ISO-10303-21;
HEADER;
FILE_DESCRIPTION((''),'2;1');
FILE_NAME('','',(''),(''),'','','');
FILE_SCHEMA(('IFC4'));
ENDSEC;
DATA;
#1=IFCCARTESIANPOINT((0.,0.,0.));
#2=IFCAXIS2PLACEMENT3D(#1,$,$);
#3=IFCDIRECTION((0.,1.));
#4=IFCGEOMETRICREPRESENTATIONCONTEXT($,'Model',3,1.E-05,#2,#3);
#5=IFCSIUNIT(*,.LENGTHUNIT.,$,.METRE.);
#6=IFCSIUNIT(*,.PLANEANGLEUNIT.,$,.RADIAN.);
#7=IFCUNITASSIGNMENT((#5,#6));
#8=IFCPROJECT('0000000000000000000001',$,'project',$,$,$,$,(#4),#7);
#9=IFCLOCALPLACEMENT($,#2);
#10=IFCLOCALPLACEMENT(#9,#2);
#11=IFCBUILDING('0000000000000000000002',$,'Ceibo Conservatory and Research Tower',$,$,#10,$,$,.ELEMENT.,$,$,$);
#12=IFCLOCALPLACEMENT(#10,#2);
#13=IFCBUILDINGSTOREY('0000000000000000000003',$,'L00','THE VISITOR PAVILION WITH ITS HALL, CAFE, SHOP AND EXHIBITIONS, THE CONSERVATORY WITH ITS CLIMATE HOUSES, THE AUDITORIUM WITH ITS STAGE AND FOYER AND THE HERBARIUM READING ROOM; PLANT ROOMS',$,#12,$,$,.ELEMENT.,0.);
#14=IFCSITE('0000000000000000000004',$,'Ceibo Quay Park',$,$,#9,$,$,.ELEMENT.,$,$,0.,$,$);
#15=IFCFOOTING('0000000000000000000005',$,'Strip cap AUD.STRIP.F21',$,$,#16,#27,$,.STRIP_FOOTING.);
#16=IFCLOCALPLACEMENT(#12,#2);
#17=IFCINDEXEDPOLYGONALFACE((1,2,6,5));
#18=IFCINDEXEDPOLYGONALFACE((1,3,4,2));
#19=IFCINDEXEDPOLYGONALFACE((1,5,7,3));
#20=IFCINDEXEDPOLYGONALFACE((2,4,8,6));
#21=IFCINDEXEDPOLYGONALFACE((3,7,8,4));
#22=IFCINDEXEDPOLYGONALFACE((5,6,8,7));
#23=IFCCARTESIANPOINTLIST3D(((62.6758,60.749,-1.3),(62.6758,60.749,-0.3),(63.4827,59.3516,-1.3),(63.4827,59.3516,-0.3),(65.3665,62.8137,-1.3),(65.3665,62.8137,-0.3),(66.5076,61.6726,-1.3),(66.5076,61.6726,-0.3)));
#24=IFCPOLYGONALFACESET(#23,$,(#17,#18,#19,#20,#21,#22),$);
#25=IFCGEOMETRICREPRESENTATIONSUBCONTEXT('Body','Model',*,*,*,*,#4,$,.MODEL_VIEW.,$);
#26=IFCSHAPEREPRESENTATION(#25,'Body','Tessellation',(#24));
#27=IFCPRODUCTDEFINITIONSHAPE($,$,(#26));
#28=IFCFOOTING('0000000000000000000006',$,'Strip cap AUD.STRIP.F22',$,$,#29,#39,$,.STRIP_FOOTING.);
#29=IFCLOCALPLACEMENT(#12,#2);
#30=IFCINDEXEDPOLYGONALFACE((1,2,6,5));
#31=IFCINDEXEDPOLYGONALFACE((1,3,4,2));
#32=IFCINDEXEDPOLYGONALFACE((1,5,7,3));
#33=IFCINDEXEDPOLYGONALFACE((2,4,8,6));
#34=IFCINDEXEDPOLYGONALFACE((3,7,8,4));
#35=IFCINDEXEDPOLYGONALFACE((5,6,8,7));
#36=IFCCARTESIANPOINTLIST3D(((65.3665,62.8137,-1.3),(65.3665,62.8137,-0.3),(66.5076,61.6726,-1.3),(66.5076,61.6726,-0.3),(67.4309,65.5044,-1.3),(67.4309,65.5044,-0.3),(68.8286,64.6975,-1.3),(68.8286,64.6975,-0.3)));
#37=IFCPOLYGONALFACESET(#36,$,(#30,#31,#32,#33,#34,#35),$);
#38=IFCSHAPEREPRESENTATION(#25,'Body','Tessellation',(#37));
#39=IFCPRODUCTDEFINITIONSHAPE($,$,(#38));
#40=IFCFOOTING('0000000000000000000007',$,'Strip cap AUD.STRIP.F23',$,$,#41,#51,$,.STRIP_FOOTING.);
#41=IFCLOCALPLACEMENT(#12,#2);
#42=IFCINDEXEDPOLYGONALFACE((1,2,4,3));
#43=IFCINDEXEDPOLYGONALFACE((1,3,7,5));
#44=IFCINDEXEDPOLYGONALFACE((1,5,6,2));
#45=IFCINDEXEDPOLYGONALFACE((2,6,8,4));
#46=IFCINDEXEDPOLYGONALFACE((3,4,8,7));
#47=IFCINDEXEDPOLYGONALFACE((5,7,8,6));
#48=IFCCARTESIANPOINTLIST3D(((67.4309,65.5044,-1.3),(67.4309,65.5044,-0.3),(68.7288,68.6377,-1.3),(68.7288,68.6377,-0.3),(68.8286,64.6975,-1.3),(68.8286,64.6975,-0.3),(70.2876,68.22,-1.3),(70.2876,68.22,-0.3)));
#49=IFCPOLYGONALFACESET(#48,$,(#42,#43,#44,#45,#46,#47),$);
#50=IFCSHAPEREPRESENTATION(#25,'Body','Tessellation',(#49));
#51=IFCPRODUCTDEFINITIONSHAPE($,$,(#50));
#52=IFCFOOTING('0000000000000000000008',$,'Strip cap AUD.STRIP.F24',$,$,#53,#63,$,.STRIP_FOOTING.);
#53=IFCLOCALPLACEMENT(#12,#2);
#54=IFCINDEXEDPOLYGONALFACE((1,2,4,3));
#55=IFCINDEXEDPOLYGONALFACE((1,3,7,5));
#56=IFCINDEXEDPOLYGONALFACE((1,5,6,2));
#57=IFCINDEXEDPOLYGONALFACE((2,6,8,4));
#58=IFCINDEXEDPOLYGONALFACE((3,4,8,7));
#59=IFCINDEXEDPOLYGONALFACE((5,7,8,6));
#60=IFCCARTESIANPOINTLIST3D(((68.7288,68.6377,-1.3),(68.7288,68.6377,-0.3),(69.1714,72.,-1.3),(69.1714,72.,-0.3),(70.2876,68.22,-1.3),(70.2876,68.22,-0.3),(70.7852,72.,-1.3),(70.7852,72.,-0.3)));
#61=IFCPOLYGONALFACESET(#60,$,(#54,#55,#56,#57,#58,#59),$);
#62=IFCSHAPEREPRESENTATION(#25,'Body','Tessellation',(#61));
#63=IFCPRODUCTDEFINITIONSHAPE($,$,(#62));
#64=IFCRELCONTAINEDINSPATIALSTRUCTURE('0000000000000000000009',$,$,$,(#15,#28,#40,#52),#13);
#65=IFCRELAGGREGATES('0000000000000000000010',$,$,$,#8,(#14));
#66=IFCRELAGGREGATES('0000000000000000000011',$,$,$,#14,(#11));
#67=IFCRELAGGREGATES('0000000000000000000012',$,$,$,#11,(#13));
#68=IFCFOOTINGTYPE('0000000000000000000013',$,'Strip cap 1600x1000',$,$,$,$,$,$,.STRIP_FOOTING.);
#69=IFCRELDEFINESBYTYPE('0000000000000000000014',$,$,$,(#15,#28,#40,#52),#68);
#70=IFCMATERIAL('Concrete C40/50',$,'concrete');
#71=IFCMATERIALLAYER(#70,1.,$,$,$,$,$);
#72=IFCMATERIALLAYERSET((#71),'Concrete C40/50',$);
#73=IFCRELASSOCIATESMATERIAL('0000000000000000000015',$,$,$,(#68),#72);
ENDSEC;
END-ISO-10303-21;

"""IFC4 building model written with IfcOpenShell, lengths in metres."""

from ifc_helpers import new_model, si_unit, direction, frame, origin, place, context, subcontext, project, spatial, polyline, outline, extrude, material, layer, layer_set, type_object, element, save


model = new_model("IFC4")

# Units and contexts
model_context = context("Model", 3, precision=1e-05, world=origin(), true_north=direction((0.0, 1.0)))
body_context = subcontext(model_context, "Body", "Model", "MODEL_VIEW")
ifc_project = project(units=[si_unit("LENGTHUNIT", "METRE"), si_unit("PLANEANGLEUNIT", "RADIAN")], contexts=[model_context])

# Site, building, storey
site_placement = place(None, origin())
site = spatial("IfcSite", under=ifc_project, at=site_placement, Name="Ceibo Quay Park", CompositionType="ELEMENT", RefElevation=0.0)
building_placement = place(site_placement, origin())
building = spatial("IfcBuilding", under=site, at=building_placement, Name="Ceibo Conservatory and Research Tower", CompositionType="ELEMENT")
storey_placement = place(building_placement, origin())
storey = spatial("IfcBuildingStorey", under=building, at=storey_placement, Name="L00", Description="THE VISITOR PAVILION WITH ITS HALL, CAFE, SHOP AND EXHIBITIONS, THE CONSERVATORY WITH ITS CLIMATE HOUSES, THE AUDITORIUM WITH ITS STAGE AND FOYER AND THE HERBARIUM READING ROOM; PLANT ROOMS", CompositionType="ELEMENT", Elevation=0.0)

# Footings
ifc_material = material(Name="Concrete C40/50", Category="concrete")
ifc_layer_1 = layer(ifc_material, 1.0)
ifc_layer_set_1 = layer_set([ifc_layer_1], Name="Concrete C40/50")
footing_type_1 = type_object("IfcFootingType", Name="Strip cap 1600x1000", PredefinedType="STRIP_FOOTING", material=ifc_layer_set_1)
footing_1_placement = place(storey_placement, frame((0.0, 0.0, -1.3)))
element("IfcFooting", 1, at=footing_1_placement, inside=storey, type_object=footing_type_1, Name="Strip cap AUD.STRIP.F21", PredefinedType="STRIP_FOOTING", context=body_context, shape_type="SweptSolid", body=[
    extrude(outline(polyline([(63.4827, 59.3516), (66.5076, 61.6726), (65.3665, 62.8137), (62.6758, 60.749), (63.4827, 59.3516)])), origin(), (0.0, 0.0, 1.0), 1.0),
])
footing_2_placement = place(storey_placement, frame((0.0, 0.0, -1.3)))
element("IfcFooting", 2, at=footing_2_placement, inside=storey, type_object=footing_type_1, Name="Strip cap AUD.STRIP.F22", PredefinedType="STRIP_FOOTING", context=body_context, shape_type="SweptSolid", body=[
    extrude(outline(polyline([(66.5076, 61.6726), (68.8286, 64.6975), (67.4309, 65.5044), (65.3665, 62.8137), (66.5076, 61.6726)])), origin(), (0.0, 0.0, 1.0), 1.0),
])
footing_3_placement = place(storey_placement, frame((0.0, 0.0, -1.3)))
element("IfcFooting", 3, at=footing_3_placement, inside=storey, type_object=footing_type_1, Name="Strip cap AUD.STRIP.F23", PredefinedType="STRIP_FOOTING", context=body_context, shape_type="SweptSolid", body=[
    extrude(outline(polyline([(68.8286, 64.6975), (70.2876, 68.22), (68.7288, 68.6377), (67.4309, 65.5044), (68.8286, 64.6975)])), origin(), (0.0, 0.0, 1.0), 1.0),
])
footing_4_placement = place(storey_placement, frame((0.0, 0.0, -1.3)))
element("IfcFooting", 4, at=footing_4_placement, inside=storey, type_object=footing_type_1, Name="Strip cap AUD.STRIP.F24", PredefinedType="STRIP_FOOTING", context=body_context, shape_type="SweptSolid", body=[
    extrude(outline(polyline([(70.2876, 68.22), (70.7852, 72.0), (69.1714, 72.0), (68.7288, 68.6377), (70.2876, 68.22)])), origin(), (0.0, 0.0, 1.0), 1.0),
])

save(model, "model.ifc")
